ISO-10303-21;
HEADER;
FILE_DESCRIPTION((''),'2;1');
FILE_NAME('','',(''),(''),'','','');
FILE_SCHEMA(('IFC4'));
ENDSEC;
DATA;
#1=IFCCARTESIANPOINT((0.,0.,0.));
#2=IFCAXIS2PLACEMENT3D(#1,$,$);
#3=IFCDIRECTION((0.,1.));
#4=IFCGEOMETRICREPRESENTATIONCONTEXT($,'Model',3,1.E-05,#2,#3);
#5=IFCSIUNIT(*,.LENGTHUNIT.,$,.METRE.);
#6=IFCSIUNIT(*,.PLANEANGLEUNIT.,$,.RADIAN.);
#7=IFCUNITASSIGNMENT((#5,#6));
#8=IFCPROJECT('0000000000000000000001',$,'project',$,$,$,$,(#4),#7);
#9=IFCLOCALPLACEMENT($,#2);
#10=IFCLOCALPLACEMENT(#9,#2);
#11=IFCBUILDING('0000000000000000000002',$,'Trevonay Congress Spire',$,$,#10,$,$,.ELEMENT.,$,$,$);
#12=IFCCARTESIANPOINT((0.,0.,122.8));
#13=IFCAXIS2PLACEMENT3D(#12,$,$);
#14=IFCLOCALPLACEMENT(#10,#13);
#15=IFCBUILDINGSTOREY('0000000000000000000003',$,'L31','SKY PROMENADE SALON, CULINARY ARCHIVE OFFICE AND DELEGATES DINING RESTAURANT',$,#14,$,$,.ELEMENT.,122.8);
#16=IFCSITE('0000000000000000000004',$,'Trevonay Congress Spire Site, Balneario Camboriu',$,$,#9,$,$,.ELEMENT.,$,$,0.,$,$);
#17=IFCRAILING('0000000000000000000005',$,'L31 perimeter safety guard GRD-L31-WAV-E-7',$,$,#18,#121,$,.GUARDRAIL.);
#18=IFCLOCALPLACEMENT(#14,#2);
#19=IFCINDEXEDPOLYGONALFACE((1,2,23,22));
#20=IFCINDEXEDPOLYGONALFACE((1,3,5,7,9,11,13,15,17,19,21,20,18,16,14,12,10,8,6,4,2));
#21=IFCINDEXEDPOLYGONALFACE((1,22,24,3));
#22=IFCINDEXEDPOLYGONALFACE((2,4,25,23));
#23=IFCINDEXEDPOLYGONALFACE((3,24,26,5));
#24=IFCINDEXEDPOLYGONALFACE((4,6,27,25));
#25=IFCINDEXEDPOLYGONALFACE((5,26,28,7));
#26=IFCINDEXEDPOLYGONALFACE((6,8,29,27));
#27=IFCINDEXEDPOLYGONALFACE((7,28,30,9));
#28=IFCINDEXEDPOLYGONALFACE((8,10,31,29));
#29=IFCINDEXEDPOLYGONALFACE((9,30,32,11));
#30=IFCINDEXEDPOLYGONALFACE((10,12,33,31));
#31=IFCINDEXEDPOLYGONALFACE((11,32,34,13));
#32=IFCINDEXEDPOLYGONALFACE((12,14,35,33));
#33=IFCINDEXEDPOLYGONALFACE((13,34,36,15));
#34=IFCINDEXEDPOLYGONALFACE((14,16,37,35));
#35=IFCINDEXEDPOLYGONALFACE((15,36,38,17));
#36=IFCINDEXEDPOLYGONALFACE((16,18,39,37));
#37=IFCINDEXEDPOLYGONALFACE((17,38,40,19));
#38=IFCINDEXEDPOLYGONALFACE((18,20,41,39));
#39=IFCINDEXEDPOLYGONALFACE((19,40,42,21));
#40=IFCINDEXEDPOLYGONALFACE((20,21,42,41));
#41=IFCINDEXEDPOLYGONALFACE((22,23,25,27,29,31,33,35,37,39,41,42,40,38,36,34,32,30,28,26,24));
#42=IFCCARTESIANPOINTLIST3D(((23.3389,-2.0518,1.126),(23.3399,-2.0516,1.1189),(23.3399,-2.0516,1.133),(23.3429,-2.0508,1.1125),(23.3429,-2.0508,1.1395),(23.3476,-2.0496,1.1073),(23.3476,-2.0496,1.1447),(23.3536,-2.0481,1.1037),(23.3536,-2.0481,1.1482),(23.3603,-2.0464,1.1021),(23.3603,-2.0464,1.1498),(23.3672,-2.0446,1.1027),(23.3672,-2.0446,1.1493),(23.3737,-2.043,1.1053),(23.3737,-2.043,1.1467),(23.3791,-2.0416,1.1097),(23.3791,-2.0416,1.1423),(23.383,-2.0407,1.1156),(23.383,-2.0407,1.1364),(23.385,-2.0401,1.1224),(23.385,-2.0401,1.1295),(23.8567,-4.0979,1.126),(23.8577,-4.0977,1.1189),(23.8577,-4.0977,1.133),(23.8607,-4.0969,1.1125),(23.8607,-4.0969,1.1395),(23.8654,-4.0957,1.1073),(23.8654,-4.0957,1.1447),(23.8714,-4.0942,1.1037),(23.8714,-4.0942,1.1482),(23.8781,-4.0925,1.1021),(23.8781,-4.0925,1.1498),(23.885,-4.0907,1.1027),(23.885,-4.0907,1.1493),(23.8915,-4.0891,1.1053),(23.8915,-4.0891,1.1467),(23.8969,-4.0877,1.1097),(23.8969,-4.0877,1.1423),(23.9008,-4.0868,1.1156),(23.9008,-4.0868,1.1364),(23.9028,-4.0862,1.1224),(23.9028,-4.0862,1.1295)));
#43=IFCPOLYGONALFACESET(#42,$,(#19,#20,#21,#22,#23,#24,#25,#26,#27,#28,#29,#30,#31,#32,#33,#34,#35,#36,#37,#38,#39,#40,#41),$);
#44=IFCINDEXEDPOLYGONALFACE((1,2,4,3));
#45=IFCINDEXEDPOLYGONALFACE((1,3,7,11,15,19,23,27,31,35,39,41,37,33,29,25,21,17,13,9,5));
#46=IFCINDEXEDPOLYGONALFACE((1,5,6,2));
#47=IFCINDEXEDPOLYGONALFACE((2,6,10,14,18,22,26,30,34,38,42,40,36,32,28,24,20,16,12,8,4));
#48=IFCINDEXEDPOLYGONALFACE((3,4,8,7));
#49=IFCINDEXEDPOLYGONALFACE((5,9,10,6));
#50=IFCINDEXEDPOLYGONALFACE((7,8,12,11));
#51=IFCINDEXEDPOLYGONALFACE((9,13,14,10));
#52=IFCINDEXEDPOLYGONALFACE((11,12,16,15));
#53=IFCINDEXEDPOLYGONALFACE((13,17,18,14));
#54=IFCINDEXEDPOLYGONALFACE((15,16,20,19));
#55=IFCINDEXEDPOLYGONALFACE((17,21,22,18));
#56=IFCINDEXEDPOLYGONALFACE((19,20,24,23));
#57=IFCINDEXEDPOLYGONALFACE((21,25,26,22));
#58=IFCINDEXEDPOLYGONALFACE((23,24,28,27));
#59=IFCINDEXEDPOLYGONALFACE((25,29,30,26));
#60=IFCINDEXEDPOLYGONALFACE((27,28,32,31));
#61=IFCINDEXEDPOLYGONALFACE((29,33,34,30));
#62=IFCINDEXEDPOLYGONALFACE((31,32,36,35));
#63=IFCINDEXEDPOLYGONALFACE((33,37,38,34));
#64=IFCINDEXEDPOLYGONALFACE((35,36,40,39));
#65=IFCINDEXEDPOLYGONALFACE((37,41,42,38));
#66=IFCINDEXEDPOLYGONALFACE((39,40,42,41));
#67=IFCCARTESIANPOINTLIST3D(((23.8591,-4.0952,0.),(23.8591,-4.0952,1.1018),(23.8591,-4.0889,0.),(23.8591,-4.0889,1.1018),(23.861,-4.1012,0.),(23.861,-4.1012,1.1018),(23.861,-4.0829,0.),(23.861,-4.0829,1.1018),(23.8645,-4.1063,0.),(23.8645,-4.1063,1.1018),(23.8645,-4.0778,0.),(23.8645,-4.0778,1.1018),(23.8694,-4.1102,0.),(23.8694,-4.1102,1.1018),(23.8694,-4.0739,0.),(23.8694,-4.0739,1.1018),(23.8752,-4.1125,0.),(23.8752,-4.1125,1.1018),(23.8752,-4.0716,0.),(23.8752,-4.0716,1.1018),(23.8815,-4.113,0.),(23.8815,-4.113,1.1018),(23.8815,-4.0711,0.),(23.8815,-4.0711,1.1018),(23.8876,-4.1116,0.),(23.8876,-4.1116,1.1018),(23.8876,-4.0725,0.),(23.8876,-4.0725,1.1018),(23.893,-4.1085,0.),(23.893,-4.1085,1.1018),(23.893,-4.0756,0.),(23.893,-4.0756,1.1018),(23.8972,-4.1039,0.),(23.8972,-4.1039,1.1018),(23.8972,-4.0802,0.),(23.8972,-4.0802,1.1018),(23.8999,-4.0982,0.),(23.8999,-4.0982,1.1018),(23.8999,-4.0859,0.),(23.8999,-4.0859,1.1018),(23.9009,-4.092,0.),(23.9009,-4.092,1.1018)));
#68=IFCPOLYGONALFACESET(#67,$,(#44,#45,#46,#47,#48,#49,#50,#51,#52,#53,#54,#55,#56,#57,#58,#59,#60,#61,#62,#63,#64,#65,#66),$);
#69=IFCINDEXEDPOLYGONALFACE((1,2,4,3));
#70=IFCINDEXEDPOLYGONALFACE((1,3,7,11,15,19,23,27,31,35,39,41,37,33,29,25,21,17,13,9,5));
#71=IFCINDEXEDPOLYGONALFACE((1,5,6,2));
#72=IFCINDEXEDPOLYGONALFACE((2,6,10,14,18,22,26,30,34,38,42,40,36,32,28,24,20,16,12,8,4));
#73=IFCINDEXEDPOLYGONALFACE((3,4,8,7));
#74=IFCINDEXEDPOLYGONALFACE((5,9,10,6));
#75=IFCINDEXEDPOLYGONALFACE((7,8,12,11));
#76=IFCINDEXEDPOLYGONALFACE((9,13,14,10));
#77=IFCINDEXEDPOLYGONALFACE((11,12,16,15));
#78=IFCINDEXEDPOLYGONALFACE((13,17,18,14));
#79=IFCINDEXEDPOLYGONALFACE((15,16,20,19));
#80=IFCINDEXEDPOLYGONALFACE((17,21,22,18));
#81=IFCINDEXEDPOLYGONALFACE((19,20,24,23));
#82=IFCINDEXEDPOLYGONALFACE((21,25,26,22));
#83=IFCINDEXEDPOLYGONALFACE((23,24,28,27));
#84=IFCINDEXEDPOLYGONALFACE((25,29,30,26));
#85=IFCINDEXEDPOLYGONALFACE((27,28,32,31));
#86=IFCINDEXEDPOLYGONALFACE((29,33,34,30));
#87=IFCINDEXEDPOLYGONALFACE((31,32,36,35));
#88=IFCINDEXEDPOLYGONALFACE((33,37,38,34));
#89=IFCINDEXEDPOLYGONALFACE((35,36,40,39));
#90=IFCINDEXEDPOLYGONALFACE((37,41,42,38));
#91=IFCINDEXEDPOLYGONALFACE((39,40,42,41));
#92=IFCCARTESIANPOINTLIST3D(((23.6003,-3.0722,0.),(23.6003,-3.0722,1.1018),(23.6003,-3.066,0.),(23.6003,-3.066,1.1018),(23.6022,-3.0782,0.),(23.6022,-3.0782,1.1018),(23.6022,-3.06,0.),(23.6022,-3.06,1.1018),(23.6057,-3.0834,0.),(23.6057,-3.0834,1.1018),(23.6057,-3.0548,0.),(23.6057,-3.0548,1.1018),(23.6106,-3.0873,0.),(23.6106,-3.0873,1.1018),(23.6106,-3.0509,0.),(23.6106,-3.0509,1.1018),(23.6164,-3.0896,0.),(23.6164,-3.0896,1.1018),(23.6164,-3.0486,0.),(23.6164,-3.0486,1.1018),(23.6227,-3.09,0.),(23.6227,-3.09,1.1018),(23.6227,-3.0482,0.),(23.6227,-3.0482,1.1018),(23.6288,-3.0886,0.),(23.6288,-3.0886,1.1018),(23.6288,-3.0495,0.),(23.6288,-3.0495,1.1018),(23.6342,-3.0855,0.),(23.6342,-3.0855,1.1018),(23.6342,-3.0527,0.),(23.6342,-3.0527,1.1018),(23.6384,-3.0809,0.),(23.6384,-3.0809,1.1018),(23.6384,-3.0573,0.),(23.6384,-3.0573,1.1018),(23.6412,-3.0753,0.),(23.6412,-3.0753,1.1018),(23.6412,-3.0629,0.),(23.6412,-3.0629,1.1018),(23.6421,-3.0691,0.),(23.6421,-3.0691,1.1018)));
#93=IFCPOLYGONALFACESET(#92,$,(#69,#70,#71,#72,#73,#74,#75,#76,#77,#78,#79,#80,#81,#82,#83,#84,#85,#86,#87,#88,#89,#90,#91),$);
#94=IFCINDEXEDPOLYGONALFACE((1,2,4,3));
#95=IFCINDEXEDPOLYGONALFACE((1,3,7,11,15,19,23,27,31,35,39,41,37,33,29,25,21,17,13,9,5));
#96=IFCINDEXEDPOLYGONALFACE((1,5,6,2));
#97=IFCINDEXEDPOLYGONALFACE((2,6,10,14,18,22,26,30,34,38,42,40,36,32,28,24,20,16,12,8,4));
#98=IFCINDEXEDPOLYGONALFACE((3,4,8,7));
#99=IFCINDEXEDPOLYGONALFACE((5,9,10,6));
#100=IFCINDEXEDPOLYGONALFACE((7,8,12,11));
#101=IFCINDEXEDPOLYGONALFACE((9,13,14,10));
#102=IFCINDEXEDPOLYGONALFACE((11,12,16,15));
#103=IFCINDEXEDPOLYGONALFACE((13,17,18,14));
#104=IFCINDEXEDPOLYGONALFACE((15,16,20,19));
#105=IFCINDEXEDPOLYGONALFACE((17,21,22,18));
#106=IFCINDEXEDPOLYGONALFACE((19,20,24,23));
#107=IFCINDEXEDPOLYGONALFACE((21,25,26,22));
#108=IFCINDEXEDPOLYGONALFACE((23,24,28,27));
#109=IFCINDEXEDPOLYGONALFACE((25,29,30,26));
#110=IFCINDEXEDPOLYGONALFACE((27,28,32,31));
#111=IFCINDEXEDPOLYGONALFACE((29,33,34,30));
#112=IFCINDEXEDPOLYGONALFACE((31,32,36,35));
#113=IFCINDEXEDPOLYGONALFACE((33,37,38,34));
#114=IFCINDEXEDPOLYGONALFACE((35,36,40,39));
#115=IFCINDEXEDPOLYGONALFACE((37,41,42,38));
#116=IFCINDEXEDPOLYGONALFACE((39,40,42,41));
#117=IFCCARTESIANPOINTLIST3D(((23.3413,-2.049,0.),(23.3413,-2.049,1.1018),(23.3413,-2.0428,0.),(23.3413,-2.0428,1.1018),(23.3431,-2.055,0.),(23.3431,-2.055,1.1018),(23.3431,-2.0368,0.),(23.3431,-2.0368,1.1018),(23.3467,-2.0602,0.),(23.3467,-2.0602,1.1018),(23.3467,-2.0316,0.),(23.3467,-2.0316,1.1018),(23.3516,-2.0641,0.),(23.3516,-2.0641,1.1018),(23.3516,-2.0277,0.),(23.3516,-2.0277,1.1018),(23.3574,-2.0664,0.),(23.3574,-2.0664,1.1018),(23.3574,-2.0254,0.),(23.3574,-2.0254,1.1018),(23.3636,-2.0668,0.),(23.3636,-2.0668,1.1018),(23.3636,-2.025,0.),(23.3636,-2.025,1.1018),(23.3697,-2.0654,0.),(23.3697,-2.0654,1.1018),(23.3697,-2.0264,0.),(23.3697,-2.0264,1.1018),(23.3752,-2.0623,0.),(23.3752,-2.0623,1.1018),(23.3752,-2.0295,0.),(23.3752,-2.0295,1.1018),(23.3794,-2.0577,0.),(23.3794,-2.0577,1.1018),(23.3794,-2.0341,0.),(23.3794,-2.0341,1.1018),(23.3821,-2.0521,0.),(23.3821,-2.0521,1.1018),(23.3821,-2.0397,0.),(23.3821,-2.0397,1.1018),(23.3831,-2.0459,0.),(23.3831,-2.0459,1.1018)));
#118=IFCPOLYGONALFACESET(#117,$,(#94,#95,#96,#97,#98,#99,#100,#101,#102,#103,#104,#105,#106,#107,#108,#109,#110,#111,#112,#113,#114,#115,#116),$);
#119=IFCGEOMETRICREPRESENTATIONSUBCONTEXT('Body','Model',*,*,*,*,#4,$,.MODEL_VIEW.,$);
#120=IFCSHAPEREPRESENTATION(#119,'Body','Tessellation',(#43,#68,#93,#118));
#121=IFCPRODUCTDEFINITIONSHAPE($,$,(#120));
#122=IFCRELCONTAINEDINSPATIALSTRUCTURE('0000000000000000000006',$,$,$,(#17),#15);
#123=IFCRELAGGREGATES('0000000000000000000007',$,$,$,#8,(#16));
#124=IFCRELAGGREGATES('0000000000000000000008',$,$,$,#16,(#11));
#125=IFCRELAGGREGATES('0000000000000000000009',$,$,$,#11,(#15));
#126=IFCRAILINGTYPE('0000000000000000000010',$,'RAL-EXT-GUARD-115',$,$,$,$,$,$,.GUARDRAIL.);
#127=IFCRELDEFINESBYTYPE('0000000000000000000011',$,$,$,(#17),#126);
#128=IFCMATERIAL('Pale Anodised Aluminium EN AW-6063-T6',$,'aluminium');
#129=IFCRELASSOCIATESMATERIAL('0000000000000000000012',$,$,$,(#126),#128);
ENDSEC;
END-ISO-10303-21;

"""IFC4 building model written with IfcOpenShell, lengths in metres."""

from ifc_helpers import new_model, si_unit, direction, frame, origin, origin_2d, place, context, subcontext, project, spatial, circle, extrude, material, type_object, element, save


model = new_model("IFC4")

# Units and contexts
model_context = context("Model", 3, precision=1e-05, world=origin(), true_north=direction((0.0, 1.0)))
body_context = subcontext(model_context, "Body", "Model", "MODEL_VIEW")
ifc_project = project(units=[si_unit("LENGTHUNIT", "METRE"), si_unit("PLANEANGLEUNIT", "RADIAN")], contexts=[model_context])

# Site, building, storey
site_placement = place(None, origin())
site = spatial("IfcSite", under=ifc_project, at=site_placement, Name="Trevonay Congress Spire Site, Balneario Camboriu", CompositionType="ELEMENT", RefElevation=0.0)
building_placement = place(site_placement, origin())
building = spatial("IfcBuilding", under=site, at=building_placement, Name="Trevonay Congress Spire", CompositionType="ELEMENT")
storey_placement = place(building_placement, frame((0.0, 0.0, 122.8)))
storey = spatial("IfcBuildingStorey", under=building, at=storey_placement, Name="L31", Description="SKY PROMENADE SALON, CULINARY ARCHIVE OFFICE AND DELEGATES DINING RESTAURANT", CompositionType="ELEMENT", Elevation=122.8)

# Shared definitions
ifc_material_1 = material(Name="Pale Anodised Aluminium EN AW-6063-T6", Category="aluminium")

# Railing
railing_type = type_object("IfcRailingType", Name="RAL-EXT-GUARD-115", PredefinedType="GUARDRAIL", material=ifc_material_1)
railing_1_placement = place(storey_placement, frame((23.8799, -4.092, 0.0)))
element("IfcRailing", 1, at=railing_1_placement, inside=storey, type_object=railing_type, Name="L31 perimeter safety guard GRD-L31-WAV-E-7", PredefinedType="GUARDRAIL", context=body_context, shape_type="SweptSolid", body=[
    extrude(circle(Radius=0.0239, at=origin_2d()), frame((0.0, 0.0, 1.126), z_axis=(-0.245338, 0.969438, 0.0), x_axis=(-0.969438, -0.245338, 0.0)), (0.0, 0.0, 1.0), 2.1106),
    extrude(circle(Radius=0.021, at=origin_2d()), origin(), (0.0, 0.0, 1.0), 1.1018),
    extrude(circle(Radius=0.021, at=origin_2d()), frame((-0.2588, 1.0229, 0.0)), (0.0, 0.0, 1.0), 1.1018),
    extrude(circle(Radius=0.021, at=origin_2d()), frame((-0.5178, 2.0461, 0.0)), (0.0, 0.0, 1.0), 1.1018),
])

save(model, "model.ifc")
